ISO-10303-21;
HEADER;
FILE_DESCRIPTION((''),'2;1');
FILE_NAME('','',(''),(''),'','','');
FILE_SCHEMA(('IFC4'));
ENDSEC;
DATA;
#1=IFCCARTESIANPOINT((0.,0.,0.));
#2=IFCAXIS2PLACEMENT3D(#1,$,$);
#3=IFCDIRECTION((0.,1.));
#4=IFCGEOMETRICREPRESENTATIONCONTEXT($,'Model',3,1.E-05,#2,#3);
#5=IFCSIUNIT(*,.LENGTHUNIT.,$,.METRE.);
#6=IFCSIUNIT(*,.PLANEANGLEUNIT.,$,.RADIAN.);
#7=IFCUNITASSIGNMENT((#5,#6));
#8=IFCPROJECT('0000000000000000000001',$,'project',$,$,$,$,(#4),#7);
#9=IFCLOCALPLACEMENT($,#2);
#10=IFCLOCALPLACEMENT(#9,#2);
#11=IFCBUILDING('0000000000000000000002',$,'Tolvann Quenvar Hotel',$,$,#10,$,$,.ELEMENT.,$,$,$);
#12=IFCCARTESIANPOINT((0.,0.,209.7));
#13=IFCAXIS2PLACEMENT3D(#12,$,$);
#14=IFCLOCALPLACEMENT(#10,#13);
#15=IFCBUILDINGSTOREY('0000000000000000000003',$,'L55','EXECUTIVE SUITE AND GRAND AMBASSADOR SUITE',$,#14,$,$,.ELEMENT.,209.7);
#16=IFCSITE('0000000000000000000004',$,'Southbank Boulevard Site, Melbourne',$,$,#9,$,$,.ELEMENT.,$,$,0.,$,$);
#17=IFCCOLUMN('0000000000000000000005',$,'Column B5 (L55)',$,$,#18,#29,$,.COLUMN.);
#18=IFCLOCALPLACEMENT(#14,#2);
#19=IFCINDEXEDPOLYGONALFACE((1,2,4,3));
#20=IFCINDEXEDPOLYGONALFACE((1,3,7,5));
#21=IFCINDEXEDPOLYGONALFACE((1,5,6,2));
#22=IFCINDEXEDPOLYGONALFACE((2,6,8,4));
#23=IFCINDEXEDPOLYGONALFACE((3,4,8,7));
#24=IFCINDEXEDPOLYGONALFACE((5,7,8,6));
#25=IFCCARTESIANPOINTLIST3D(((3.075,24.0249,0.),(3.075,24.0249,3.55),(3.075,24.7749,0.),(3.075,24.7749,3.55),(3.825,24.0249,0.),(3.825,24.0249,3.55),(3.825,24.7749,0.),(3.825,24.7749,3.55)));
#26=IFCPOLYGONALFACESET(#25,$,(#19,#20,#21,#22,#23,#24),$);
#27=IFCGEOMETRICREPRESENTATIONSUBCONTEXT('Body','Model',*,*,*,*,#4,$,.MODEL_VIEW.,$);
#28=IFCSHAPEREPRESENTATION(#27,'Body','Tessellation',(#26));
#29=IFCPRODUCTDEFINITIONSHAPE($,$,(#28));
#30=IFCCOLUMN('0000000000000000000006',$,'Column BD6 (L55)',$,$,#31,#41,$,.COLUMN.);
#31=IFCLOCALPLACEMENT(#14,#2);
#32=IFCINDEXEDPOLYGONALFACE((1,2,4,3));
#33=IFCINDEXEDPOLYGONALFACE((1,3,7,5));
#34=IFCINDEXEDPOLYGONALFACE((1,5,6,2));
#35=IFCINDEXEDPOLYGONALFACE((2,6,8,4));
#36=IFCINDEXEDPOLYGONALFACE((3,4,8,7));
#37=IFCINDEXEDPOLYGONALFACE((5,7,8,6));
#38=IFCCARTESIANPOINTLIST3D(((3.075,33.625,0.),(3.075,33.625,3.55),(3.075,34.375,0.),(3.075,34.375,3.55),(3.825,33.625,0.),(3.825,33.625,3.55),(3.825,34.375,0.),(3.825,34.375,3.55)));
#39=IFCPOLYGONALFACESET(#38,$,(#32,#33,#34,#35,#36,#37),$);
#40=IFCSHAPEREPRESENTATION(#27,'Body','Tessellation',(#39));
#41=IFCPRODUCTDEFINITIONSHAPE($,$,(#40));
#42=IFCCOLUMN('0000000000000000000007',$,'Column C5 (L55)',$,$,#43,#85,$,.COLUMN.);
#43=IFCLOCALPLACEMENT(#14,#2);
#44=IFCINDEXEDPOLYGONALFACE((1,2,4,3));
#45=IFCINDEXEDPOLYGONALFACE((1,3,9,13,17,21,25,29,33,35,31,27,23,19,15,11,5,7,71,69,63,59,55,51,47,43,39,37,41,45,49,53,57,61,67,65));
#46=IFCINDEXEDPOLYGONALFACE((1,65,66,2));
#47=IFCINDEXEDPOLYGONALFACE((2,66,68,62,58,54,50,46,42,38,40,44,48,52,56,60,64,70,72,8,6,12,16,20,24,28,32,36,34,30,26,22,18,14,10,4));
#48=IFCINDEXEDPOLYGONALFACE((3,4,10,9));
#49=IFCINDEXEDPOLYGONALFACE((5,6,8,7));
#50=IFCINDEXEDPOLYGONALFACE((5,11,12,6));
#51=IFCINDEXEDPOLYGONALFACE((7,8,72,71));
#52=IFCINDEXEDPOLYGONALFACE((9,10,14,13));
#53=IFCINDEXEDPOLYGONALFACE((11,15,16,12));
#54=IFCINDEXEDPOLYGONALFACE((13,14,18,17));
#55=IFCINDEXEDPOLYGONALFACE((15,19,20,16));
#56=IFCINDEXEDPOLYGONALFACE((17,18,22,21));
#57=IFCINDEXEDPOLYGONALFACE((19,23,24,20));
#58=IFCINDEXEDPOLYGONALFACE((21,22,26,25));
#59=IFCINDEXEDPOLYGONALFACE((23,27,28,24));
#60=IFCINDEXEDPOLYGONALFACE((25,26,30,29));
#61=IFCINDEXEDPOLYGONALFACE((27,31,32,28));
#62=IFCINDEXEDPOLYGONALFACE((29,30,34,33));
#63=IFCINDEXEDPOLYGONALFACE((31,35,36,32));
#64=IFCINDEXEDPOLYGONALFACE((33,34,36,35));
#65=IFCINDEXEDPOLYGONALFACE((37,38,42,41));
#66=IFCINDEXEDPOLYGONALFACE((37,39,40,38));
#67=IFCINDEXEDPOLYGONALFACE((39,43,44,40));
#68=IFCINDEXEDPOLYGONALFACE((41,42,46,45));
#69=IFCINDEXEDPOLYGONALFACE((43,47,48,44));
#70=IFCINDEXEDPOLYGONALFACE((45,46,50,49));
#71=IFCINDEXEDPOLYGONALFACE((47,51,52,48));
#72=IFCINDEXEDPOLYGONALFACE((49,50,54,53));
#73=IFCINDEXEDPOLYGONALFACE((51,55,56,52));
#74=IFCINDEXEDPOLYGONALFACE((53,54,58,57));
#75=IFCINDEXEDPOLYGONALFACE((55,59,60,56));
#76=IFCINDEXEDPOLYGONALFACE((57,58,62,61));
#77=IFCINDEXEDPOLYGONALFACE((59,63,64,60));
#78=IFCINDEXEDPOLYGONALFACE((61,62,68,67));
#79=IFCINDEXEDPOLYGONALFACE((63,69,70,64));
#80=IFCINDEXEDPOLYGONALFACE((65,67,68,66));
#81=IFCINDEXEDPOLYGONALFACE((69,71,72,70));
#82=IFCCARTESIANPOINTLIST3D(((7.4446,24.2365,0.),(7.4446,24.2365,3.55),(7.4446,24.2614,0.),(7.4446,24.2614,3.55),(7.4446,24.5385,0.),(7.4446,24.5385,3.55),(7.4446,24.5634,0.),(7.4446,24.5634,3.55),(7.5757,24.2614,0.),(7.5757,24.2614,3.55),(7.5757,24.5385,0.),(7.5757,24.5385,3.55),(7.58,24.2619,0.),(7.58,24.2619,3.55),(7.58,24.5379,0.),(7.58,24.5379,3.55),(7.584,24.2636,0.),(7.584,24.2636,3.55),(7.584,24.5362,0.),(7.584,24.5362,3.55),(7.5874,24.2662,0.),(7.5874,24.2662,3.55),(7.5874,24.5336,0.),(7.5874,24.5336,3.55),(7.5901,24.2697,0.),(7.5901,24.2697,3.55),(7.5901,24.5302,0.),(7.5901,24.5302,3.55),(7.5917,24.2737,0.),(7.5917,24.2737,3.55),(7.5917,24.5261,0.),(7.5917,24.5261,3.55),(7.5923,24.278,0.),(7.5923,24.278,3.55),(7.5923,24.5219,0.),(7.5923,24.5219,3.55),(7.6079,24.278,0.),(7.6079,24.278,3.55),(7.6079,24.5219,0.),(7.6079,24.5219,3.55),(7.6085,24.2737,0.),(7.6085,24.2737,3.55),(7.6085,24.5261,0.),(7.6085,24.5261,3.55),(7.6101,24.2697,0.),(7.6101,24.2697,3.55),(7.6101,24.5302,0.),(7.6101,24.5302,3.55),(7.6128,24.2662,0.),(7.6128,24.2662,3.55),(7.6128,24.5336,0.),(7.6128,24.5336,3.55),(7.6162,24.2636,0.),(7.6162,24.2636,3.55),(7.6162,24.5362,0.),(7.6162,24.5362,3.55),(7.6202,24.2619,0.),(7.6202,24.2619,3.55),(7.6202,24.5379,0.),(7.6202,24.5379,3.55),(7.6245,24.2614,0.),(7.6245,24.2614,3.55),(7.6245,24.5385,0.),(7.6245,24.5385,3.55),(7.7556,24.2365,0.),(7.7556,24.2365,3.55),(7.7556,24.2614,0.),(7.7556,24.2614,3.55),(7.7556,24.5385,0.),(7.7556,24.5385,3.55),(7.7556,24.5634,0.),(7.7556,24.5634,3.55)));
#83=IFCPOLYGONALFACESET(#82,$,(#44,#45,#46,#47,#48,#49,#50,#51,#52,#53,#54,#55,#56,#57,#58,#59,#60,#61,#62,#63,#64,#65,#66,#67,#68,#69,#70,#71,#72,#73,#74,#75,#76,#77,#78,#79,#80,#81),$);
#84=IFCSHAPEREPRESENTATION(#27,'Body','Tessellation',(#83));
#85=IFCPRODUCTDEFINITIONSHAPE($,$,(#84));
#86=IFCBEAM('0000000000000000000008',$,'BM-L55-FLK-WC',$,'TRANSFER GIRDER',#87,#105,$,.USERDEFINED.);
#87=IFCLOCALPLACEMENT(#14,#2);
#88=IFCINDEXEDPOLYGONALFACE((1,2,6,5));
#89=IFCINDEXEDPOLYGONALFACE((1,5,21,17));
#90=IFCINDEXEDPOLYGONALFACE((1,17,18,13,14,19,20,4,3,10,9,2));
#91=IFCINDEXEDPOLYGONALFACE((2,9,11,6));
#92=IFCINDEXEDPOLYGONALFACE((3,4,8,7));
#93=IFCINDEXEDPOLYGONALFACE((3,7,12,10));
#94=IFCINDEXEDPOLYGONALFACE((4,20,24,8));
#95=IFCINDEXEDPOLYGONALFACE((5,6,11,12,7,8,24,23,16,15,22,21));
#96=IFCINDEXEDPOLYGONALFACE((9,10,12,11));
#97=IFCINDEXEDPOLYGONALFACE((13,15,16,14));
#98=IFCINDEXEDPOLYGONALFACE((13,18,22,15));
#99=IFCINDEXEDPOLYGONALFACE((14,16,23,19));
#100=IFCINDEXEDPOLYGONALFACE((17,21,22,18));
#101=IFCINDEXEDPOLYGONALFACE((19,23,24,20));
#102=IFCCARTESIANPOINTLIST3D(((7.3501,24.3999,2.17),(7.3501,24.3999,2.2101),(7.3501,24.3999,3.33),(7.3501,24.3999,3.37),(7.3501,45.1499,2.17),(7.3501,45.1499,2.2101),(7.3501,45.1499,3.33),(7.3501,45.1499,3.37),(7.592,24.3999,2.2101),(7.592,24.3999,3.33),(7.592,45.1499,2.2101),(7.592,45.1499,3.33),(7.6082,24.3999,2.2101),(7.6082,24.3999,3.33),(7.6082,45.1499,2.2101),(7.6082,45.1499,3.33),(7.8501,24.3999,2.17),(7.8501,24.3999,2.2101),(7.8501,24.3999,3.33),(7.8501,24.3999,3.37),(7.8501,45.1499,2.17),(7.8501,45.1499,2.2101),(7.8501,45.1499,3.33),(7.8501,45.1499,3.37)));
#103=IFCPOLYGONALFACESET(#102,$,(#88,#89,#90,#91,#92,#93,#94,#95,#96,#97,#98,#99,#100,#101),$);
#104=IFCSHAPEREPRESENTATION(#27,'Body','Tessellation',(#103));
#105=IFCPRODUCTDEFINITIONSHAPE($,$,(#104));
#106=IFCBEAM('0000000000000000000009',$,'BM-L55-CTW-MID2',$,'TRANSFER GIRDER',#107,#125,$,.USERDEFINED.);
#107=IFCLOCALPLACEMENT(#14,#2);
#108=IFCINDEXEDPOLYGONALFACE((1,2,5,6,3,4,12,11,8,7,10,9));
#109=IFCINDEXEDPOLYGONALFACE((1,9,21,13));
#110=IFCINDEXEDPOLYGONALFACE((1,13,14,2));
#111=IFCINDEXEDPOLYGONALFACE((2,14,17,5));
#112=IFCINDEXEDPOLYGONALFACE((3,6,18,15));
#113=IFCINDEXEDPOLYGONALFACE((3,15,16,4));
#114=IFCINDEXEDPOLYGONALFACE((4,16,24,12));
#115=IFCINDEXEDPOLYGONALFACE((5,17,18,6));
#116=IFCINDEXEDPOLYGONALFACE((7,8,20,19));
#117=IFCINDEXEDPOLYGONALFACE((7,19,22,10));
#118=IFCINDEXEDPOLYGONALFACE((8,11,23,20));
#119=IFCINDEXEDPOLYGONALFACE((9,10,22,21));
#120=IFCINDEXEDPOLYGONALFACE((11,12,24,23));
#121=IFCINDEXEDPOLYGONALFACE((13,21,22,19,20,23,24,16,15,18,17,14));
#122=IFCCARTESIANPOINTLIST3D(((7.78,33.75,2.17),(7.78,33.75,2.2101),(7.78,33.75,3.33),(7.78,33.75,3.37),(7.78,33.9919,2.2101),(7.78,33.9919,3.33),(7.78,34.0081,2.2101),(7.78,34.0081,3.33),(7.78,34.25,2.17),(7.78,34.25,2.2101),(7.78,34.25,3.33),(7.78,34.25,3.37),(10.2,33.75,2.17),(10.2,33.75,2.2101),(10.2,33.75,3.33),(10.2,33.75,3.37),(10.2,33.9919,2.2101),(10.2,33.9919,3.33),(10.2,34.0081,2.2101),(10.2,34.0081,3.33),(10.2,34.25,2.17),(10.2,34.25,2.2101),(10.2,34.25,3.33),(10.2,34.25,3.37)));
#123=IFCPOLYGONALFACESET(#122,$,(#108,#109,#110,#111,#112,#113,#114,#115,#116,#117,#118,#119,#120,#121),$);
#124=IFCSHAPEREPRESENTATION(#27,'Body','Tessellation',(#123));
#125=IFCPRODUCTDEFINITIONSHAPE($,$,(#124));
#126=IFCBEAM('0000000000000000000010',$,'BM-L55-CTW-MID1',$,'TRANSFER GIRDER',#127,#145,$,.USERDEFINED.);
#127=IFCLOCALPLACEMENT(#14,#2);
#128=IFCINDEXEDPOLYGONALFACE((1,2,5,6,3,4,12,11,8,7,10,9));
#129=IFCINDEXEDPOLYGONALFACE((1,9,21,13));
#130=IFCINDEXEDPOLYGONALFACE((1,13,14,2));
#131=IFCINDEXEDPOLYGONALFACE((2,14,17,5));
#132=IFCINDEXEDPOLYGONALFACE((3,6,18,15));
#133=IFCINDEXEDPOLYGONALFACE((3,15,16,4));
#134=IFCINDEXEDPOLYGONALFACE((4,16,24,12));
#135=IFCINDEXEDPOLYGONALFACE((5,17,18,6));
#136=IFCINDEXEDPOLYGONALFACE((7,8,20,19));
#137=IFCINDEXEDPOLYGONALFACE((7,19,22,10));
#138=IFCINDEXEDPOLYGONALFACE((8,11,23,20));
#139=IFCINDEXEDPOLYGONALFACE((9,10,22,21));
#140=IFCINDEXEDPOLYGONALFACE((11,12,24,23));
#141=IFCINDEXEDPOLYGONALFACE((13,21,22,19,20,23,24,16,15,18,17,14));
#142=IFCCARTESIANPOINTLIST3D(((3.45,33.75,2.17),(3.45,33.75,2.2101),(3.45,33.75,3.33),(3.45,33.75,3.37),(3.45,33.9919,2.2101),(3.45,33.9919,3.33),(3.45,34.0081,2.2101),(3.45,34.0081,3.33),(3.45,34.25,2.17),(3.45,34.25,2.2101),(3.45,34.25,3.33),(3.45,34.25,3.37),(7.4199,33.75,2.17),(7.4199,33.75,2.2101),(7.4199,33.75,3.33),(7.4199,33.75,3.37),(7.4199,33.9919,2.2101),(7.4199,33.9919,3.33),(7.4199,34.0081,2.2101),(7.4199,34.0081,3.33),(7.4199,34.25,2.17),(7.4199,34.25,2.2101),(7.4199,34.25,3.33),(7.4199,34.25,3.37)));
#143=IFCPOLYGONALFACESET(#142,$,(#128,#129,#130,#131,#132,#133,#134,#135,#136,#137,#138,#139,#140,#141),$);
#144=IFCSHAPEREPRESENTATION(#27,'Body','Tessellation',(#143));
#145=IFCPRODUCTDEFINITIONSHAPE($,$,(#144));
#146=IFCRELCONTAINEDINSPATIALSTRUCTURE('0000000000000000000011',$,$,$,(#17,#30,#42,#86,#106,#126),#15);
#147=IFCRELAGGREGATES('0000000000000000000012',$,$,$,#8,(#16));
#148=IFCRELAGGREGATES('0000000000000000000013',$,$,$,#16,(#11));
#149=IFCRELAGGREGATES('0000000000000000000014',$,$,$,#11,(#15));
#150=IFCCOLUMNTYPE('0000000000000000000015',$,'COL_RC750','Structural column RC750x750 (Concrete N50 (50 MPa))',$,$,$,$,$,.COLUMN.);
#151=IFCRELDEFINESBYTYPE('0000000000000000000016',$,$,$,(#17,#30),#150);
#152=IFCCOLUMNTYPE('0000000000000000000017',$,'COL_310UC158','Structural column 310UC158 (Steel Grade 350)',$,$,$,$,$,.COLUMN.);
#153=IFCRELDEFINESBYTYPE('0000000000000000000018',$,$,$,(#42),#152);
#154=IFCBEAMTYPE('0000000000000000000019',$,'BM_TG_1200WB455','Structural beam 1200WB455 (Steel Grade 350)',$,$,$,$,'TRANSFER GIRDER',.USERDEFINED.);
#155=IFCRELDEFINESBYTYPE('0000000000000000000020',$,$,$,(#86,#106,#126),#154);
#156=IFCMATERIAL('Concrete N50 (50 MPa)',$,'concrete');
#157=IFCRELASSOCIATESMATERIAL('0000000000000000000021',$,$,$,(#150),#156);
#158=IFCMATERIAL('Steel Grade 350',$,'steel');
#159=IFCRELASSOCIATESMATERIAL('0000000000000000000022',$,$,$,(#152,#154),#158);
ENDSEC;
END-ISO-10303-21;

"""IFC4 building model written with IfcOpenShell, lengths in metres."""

from ifc_helpers import new_model, si_unit, direction, frame, origin, origin_2d, place, context, subcontext, project, spatial, rectangle, i_section, extrude, source, transform, mapped, material, material_profile, profile_set, type_object, type_shapes, element, save


model = new_model("IFC4")

# Units and contexts
model_context = context("Model", 3, precision=1e-05, world=origin(), true_north=direction((0.0, 1.0)))
body_context = subcontext(model_context, "Body", "Model", "MODEL_VIEW")
ifc_project = project(units=[si_unit("LENGTHUNIT", "METRE"), si_unit("PLANEANGLEUNIT", "RADIAN")], contexts=[model_context])

# Site, building, storey
site_placement = place(None, origin())
site = spatial("IfcSite", under=ifc_project, at=site_placement, Name="Southbank Boulevard Site, Melbourne", CompositionType="ELEMENT", RefElevation=0.0)
building_placement = place(site_placement, origin())
building = spatial("IfcBuilding", under=site, at=building_placement, Name="Tolvann Quenvar Hotel", CompositionType="ELEMENT")
storey_placement = place(building_placement, frame((0.0, 0.0, 209.7)))
storey = spatial("IfcBuildingStorey", under=building, at=storey_placement, Name="L55", Description="EXECUTIVE SUITE AND GRAND AMBASSADOR SUITE", CompositionType="ELEMENT", Elevation=209.7)

# Columns
ifc_material_1 = material(Name="Concrete N50 (50 MPa)", Category="concrete")
ifc_material_profile_1 = material_profile(ifc_material_1, rectangle(XDim=0.75, YDim=0.75, at=origin_2d()), Name="RC750x750")
ifc_profile_set_1 = profile_set([ifc_material_profile_1], Name="Concrete N50 (50 MPa)")
column_type_1 = type_object("IfcColumnType", Name="COL_RC750", Description="Structural column RC750x750 (Concrete N50 (50 MPa))", PredefinedType="COLUMN", material=ifc_profile_set_1)
shared_shape_1 = source(origin(), body_context, "Body", "SweptSolid", [
    extrude(rectangle(XDim=0.75, YDim=0.75, at=origin_2d()), origin(), (0.0, 0.0, 1.0), 3.55),
])
type_shapes(column_type_1, [shared_shape_1])
for number, where, z_axis, x_axis, name in (
    (1, (3.45, 24.3999, 0.0), (0.0, 0.0, 1.0), (1.0, 0.0, 0.0), "Column B5 (L55)"),
    (2, (3.45, 34.0, 0.0), (0.0, 0.0, 1.0), (1.0, 0.0, 0.0), "Column BD6 (L55)"),
):
    element("IfcColumn", number, at=place(storey_placement, frame(where, z_axis=z_axis, x_axis=x_axis)), inside=storey, type_object=column_type_1, Name=name, PredefinedType="COLUMN", context=body_context, shape_type="MappedRepresentation", body=[
        mapped(shared_shape_1, transform((0.0, 0.0, 0.0), x_axis=(1.0, 0.0, 0.0), y_axis=(0.0, 1.0, 0.0), z_axis=(0.0, 0.0, 1.0), scale=1.0)),
    ])
ifc_material_2 = material(Name="Steel Grade 350", Category="steel")
ifc_material_profile_2 = material_profile(ifc_material_2, i_section(OverallWidth=0.311, OverallDepth=0.3269, WebThickness=0.0156, FlangeThickness=0.0249, FilletRadius=0.0166, at=origin_2d()), Name="310UC158")
ifc_profile_set_2 = profile_set([ifc_material_profile_2], Name="Steel Grade 350")
column_type_2 = type_object("IfcColumnType", Name="COL_310UC158", Description="Structural column 310UC158 (Steel Grade 350)", PredefinedType="COLUMN", material=ifc_profile_set_2)
shared_shape_2 = source(origin(), body_context, "Body", "SweptSolid", [
    extrude(i_section(OverallWidth=0.311, OverallDepth=0.3269, WebThickness=0.0156, FlangeThickness=0.0249, FilletRadius=0.0166, at=origin_2d()), origin(), (0.0, 0.0, 1.0), 3.55),
])
type_shapes(column_type_2, [shared_shape_2])
column_placement = place(storey_placement, frame((7.6001, 24.3999, 0.0), z_axis=(0.0, 0.0, 1.0), x_axis=(1.0, 0.0, 0.0)))
element("IfcColumn", 3, at=column_placement, inside=storey, type_object=column_type_2, Name="Column C5 (L55)", PredefinedType="COLUMN", context=body_context, shape_type="MappedRepresentation", body=[
    mapped(shared_shape_2, transform((0.0, 0.0, 0.0), x_axis=(1.0, 0.0, 0.0), y_axis=(0.0, 1.0, 0.0), z_axis=(0.0, 0.0, 1.0), scale=1.0)),
])

# Beams
ifc_material_profile_3 = material_profile(ifc_material_2, i_section(OverallWidth=0.5, OverallDepth=1.2, WebThickness=0.0161, FlangeThickness=0.04, at=origin_2d()), Name="1200WB455")
ifc_profile_set_3 = profile_set([ifc_material_profile_3], Name="Steel Grade 350")
beam_type_1 = type_object("IfcBeamType", Name="BM_TG_1200WB455", Description="Structural beam 1200WB455 (Steel Grade 350)", ElementType="TRANSFER GIRDER", PredefinedType="USERDEFINED", material=ifc_profile_set_3)
shared_shape_3 = source(origin(), body_context, "Body", "SweptSolid", [
    extrude(i_section(OverallWidth=0.5, OverallDepth=1.2, WebThickness=0.0161, FlangeThickness=0.04, at=origin_2d()), origin(), (0.0, 0.0, 1.0), 20.75),
])
beam_1_placement = place(storey_placement, frame((7.6001, 24.3999, 2.77), z_axis=(0.0, 1.0, 0.0), x_axis=(-1.0, 0.0, 0.0)))
element("IfcBeam", 4, at=beam_1_placement, inside=storey, type_object=beam_type_1, Name="BM-L55-FLK-WC", ObjectType="TRANSFER GIRDER", PredefinedType="USERDEFINED", context=body_context, shape_type="MappedRepresentation", body=[
    mapped(shared_shape_3, transform((0.0, 0.0, 0.0), x_axis=(1.0, 0.0, 0.0), y_axis=(0.0, 1.0, 0.0), z_axis=(0.0, 0.0, 1.0), scale=1.0)),
])
shared_shape_4 = source(origin(), body_context, "Body", "SweptSolid", [
    extrude(i_section(OverallWidth=0.5, OverallDepth=1.2, WebThickness=0.0161, FlangeThickness=0.04, at=origin_2d()), origin(), (0.0, 0.0, 1.0), 2.4199),
])
beam_2_placement = place(storey_placement, frame((7.78, 34.0, 2.77), z_axis=(1.0, 0.0, 0.0), x_axis=(0.0, 1.0, 0.0)))
element("IfcBeam", 5, at=beam_2_placement, inside=storey, type_object=beam_type_1, Name="BM-L55-CTW-MID2", ObjectType="TRANSFER GIRDER", PredefinedType="USERDEFINED", context=body_context, shape_type="MappedRepresentation", body=[
    mapped(shared_shape_4, transform((0.0, 0.0, 0.0), x_axis=(1.0, 0.0, 0.0), y_axis=(0.0, 1.0, 0.0), z_axis=(0.0, 0.0, 1.0), scale=1.0)),
])
shared_shape_5 = source(origin(), body_context, "Body", "SweptSolid", [
    extrude(i_section(OverallWidth=0.5, OverallDepth=1.2, WebThickness=0.0161, FlangeThickness=0.04, at=origin_2d()), origin(), (0.0, 0.0, 1.0), 3.97),
])
type_shapes(beam_type_1, [shared_shape_3, shared_shape_4, shared_shape_5])
beam_3_placement = place(storey_placement, frame((3.45, 34.0, 2.77), z_axis=(1.0, 0.0, 0.0), x_axis=(0.0, 1.0, 0.0)))
element("IfcBeam", 6, at=beam_3_placement, inside=storey, type_object=beam_type_1, Name="BM-L55-CTW-MID1", ObjectType="TRANSFER GIRDER", PredefinedType="USERDEFINED", context=body_context, shape_type="MappedRepresentation", body=[
    mapped(shared_shape_5, transform((0.0, 0.0, 0.0), x_axis=(1.0, 0.0, 0.0), y_axis=(0.0, 1.0, 0.0), z_axis=(0.0, 0.0, 1.0), scale=1.0)),
])

save(model, "model.ifc")
